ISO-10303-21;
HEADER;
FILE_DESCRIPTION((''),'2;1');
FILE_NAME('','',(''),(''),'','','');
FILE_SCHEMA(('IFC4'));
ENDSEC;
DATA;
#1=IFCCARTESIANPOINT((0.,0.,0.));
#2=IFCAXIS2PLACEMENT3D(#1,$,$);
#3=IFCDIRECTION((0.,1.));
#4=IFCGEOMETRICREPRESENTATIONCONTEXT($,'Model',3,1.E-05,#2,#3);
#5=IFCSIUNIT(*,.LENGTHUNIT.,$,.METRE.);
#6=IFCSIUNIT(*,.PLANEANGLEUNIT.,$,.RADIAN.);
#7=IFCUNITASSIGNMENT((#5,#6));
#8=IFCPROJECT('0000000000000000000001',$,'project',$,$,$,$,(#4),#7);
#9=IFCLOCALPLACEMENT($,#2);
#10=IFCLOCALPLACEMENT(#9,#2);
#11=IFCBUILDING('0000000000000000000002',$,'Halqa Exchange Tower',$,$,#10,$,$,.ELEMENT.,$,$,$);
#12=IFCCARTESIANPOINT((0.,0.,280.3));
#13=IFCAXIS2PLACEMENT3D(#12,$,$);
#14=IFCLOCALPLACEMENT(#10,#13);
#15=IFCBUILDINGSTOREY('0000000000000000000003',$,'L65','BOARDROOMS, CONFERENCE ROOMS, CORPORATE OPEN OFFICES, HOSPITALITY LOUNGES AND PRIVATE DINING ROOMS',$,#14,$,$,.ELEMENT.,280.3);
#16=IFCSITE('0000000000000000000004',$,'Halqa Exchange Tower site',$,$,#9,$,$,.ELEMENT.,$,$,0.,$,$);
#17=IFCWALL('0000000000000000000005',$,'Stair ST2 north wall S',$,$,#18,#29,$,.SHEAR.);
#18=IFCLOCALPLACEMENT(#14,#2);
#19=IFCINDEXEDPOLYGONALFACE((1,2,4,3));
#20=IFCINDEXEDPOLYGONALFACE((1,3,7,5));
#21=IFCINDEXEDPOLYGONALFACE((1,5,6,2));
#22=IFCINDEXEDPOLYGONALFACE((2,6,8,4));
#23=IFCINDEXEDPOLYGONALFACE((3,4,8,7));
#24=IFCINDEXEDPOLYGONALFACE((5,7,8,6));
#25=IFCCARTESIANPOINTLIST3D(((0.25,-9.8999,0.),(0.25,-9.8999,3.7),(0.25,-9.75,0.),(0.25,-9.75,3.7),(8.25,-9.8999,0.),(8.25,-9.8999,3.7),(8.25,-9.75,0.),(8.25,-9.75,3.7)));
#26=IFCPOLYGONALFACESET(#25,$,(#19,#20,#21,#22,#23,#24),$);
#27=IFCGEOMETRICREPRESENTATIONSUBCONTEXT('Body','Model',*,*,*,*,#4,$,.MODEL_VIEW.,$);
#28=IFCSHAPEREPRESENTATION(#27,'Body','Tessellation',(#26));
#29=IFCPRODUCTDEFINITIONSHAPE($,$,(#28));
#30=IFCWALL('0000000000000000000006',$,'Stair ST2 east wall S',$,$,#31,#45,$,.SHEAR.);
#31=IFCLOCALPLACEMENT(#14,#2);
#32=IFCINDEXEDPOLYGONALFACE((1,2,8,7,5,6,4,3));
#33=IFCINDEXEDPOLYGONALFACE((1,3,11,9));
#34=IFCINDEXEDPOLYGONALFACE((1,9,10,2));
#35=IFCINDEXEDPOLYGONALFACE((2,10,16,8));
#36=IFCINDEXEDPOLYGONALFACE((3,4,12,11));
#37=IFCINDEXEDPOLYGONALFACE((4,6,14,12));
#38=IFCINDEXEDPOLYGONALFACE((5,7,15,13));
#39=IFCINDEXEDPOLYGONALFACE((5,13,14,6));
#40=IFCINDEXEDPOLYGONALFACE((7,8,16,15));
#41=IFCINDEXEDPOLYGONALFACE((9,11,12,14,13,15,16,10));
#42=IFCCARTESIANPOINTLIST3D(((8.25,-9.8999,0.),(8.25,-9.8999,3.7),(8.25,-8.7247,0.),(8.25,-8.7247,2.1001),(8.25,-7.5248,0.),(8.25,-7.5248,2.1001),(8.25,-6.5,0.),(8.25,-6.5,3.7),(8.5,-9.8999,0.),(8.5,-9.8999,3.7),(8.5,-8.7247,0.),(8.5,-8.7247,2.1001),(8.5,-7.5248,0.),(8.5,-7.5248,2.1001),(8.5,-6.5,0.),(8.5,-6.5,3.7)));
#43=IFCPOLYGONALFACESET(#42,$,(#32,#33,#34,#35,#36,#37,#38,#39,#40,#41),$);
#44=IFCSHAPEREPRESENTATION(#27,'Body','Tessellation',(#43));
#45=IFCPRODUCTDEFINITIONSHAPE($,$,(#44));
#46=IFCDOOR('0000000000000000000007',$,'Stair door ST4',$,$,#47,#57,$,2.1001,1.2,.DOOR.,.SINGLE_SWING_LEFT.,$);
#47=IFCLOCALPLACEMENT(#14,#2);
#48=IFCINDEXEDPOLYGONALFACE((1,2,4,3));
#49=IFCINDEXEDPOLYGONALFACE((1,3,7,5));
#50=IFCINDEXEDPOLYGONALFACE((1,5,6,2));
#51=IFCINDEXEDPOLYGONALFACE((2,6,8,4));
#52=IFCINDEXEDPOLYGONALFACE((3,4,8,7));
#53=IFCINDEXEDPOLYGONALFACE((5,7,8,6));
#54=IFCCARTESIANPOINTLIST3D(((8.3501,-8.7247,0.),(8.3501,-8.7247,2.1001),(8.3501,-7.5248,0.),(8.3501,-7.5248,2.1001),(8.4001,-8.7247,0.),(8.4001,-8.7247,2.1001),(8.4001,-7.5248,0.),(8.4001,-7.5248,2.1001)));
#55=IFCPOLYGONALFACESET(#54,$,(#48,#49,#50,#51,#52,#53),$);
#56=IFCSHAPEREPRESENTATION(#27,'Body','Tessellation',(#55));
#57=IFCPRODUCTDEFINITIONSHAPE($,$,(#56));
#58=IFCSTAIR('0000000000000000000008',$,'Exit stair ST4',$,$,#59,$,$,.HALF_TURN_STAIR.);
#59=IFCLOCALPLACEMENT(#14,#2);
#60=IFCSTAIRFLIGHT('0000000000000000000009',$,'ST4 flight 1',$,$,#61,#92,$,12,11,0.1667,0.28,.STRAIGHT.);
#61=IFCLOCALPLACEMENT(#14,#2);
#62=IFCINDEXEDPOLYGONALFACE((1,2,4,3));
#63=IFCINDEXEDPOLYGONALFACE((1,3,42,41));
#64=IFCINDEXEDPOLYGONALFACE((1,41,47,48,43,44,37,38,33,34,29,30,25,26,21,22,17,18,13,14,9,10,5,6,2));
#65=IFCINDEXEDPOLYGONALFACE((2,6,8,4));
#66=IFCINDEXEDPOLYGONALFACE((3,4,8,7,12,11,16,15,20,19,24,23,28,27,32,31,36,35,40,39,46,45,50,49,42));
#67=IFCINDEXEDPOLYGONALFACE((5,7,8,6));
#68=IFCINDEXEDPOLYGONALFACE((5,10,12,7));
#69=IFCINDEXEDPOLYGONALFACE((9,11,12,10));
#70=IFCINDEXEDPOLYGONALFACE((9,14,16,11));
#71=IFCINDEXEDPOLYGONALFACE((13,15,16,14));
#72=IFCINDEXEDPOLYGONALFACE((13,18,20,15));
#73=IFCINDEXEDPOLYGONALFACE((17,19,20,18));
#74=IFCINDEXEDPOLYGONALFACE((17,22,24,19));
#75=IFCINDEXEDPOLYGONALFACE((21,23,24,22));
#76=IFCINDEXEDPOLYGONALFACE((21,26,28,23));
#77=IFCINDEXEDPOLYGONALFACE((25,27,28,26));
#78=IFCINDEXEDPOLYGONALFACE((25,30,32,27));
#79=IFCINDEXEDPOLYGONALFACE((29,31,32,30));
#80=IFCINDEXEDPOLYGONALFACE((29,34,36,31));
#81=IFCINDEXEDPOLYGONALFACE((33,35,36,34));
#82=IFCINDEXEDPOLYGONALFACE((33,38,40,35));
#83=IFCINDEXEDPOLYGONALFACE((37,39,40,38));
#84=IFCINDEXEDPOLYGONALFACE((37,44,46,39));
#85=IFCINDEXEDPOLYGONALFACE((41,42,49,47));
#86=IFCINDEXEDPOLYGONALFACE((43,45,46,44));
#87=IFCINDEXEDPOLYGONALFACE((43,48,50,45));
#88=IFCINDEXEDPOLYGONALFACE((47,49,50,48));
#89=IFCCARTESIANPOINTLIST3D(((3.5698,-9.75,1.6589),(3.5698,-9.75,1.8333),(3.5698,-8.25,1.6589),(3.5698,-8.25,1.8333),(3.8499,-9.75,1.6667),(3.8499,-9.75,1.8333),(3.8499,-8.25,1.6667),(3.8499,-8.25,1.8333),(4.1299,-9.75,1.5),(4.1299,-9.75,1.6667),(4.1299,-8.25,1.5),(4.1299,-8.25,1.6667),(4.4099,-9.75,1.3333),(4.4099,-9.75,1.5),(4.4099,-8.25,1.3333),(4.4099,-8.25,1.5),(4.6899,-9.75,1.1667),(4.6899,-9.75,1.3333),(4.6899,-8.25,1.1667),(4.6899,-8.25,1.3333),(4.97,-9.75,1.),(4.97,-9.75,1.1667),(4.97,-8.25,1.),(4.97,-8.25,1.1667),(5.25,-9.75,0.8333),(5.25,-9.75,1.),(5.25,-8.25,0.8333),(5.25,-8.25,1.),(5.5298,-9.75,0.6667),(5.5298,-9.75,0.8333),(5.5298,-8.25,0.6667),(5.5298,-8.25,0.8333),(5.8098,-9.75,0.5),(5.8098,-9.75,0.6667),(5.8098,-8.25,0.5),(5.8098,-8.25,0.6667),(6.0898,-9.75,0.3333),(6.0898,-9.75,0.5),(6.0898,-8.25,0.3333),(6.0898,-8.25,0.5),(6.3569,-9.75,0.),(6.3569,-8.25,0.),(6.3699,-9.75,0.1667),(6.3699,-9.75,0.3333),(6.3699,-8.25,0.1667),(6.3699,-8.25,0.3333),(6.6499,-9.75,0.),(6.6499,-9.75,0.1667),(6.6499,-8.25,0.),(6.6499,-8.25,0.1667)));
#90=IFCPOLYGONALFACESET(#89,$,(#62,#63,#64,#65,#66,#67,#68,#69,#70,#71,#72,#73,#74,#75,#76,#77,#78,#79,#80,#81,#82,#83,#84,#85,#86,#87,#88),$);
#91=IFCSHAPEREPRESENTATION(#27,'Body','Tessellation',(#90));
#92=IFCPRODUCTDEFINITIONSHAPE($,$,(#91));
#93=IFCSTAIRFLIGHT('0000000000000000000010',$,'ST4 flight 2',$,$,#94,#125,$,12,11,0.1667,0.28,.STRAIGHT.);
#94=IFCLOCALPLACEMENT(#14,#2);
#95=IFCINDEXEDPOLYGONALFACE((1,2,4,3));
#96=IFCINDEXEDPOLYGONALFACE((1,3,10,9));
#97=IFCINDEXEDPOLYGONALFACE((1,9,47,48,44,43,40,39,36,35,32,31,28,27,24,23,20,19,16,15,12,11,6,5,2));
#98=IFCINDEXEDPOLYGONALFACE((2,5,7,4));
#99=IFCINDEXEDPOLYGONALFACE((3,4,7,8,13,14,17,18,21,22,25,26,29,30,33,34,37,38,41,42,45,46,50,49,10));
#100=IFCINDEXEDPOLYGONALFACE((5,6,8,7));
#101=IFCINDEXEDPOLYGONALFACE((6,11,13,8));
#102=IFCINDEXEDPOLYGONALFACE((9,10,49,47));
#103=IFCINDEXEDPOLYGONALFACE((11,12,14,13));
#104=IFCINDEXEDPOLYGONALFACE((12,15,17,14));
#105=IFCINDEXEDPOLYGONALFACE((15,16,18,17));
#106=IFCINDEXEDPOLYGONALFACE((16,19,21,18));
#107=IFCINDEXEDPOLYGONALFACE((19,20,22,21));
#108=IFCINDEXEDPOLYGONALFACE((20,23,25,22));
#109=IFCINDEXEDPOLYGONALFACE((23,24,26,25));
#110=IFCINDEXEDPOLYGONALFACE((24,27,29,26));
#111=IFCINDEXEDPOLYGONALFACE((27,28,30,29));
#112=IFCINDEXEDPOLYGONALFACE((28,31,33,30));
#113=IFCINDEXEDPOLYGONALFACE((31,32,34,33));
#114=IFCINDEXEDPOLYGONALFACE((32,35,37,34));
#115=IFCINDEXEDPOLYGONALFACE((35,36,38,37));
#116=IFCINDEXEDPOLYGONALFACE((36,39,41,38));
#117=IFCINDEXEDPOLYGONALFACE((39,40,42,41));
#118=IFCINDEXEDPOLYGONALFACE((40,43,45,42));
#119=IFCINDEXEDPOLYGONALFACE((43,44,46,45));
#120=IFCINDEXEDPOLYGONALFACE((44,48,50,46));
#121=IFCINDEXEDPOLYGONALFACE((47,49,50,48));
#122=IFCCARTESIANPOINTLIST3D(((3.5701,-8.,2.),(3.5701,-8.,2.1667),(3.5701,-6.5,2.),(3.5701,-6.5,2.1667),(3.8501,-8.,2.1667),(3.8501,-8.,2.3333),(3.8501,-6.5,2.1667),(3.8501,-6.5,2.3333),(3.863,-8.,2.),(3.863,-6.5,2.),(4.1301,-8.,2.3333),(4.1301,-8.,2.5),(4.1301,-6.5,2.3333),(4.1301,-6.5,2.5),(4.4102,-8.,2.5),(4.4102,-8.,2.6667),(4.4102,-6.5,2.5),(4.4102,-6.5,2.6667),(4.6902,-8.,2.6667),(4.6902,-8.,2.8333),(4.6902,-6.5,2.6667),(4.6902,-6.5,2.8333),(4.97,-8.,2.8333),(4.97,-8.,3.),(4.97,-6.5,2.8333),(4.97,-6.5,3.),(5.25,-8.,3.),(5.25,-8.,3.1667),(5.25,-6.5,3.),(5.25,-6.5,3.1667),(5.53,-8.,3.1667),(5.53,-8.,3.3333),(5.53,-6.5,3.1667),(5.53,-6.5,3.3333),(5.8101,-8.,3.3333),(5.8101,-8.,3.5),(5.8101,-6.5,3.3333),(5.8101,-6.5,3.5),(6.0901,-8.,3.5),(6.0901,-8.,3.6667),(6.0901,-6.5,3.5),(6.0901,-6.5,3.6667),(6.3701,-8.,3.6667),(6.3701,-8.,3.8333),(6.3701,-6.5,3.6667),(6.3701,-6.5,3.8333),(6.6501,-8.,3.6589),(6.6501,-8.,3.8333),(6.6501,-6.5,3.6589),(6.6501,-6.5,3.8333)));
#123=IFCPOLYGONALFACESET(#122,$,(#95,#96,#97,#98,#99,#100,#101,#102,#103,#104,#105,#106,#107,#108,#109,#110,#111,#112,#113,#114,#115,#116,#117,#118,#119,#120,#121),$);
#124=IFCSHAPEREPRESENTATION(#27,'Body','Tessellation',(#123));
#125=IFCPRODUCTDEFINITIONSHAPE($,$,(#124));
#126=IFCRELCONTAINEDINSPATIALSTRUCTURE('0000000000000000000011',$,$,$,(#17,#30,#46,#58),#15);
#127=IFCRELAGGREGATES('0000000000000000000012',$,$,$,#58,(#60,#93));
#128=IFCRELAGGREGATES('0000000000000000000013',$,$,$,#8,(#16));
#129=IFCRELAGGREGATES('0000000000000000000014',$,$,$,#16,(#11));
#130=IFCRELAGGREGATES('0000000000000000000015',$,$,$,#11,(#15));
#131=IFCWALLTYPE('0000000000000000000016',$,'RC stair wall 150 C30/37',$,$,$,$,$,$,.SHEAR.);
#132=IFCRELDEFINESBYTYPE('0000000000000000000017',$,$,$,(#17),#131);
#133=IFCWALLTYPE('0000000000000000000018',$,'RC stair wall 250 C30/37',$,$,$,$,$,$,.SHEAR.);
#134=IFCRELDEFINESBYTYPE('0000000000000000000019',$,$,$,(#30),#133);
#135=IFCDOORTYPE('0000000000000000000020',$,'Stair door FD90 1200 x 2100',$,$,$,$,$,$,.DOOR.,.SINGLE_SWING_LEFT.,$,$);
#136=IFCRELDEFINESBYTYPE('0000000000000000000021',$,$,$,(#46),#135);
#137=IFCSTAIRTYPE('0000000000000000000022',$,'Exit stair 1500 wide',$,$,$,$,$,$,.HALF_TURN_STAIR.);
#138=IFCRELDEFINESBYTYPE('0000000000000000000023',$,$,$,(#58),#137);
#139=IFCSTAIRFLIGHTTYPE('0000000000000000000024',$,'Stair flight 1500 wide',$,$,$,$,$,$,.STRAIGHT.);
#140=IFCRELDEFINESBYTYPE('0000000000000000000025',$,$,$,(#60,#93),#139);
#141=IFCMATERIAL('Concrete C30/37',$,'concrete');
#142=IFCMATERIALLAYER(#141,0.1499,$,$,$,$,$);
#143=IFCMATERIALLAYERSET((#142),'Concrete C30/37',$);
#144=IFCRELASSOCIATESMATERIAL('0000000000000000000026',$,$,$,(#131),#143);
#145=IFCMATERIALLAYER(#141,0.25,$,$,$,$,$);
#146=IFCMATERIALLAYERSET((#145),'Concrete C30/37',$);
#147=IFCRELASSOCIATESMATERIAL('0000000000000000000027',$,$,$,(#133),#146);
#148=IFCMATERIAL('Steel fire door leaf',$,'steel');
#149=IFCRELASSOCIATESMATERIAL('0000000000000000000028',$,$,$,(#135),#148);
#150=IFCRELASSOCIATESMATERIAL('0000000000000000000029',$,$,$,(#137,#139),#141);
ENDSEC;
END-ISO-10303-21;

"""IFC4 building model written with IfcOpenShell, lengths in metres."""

from ifc_helpers import new_model, si_unit, direction, frame, frame_2d, origin, place, context, subcontext, project, spatial, polyline, rectangle, outline, extrude, material, layer, layer_set, type_object, element, fill, aggregate, save


model = new_model("IFC4")

# Units and contexts
model_context = context("Model", 3, precision=1e-05, world=origin(), true_north=direction((0.0, 1.0)))
body_context = subcontext(model_context, "Body", "Model", "MODEL_VIEW")
ifc_project = project(units=[si_unit("LENGTHUNIT", "METRE"), si_unit("PLANEANGLEUNIT", "RADIAN")], contexts=[model_context])

# Site, building, storey
site_placement = place(None, origin())
site = spatial("IfcSite", under=ifc_project, at=site_placement, Name="Halqa Exchange Tower site", CompositionType="ELEMENT", RefElevation=0.0)
building_placement = place(site_placement, origin())
building = spatial("IfcBuilding", under=site, at=building_placement, Name="Halqa Exchange Tower", CompositionType="ELEMENT")
storey_placement = place(building_placement, frame((0.0, 0.0, 280.3)))
storey = spatial("IfcBuildingStorey", under=building, at=storey_placement, Name="L65", Description="BOARDROOMS, CONFERENCE ROOMS, CORPORATE OPEN OFFICES, HOSPITALITY LOUNGES AND PRIVATE DINING ROOMS", CompositionType="ELEMENT", Elevation=280.3)

# Shared definitions
ifc_material_1 = material(Name="Steel fire door leaf", Category="steel")

# Wall
ifc_material_2 = material(Name="Concrete C30/37", Category="concrete")
ifc_layer_1 = layer(ifc_material_2, 0.1499)
ifc_layer_set_1 = layer_set([ifc_layer_1], Name="Concrete C30/37")
wall_type_1 = type_object("IfcWallType", Name="RC stair wall 150 C30/37", PredefinedType="SHEAR", material=ifc_layer_set_1)
wall_1_placement = place(storey_placement, frame((0.25, -9.825, 0.0), z_axis=(0.0, 0.0, 1.0), x_axis=(1.0, 0.0, 0.0)))
element("IfcWall", 1, at=wall_1_placement, inside=storey, type_object=wall_type_1, Name="Stair ST2 north wall S", PredefinedType="SHEAR", context=body_context, shape_type="SweptSolid", body=[
    extrude(rectangle(XDim=8.0, YDim=0.1499, at=frame_2d((4.0, 0.0))), origin(), (0.0, 0.0, 1.0), 3.7),
])

# Wall, opening, door
ifc_layer_2 = layer(ifc_material_2, 0.25)
ifc_layer_set_2 = layer_set([ifc_layer_2], Name="Concrete C30/37")
wall_type_2 = type_object("IfcWallType", Name="RC stair wall 250 C30/37", PredefinedType="SHEAR", material=ifc_layer_set_2)
wall_2_placement = place(storey_placement, frame((8.375, -9.8999, 0.0), z_axis=(0.0, 0.0, 1.0), x_axis=(0.0, 1.0, 0.0)))
wall_2 = element("IfcWall", 2, at=wall_2_placement, inside=storey, type_object=wall_type_2, Name="Stair ST2 east wall S", PredefinedType="SHEAR", context=body_context, shape_type="SweptSolid", body=[
    extrude(rectangle(XDim=3.3999, YDim=0.25, at=frame_2d((1.7, 0.0))), origin(), (0.0, 0.0, 1.0), 3.7),
])
opening_1_placement = place(wall_2_placement, frame((1.175, 0.0, 0.0)))
opening_1 = element("IfcOpeningElement", 3, at=opening_1_placement, cuts=wall_2, PredefinedType="OPENING", context=body_context, shape_type="SweptSolid", body=[
    extrude(rectangle(XDim=1.2, YDim=2.1001, at=frame_2d((0.6001, 1.05))), frame((0.0, 0.137, 0.0), z_axis=(0.0, -1.0, 0.0), x_axis=(1.0, 0.0, 0.0)), (0.0, 0.0, 1.0), 0.2739),
])
door_type_1 = type_object("IfcDoorType", Name="Stair door FD90 1200 x 2100", OperationType="SINGLE_SWING_LEFT", PredefinedType="DOOR", material=ifc_material_1)
door_1_placement = place(opening_1_placement, origin())
door_1 = element("IfcDoor", 4, at=door_1_placement, inside=storey, type_object=door_type_1, Name="Stair door ST4", OperationType="SINGLE_SWING_LEFT", OverallHeight=2.1001, OverallWidth=1.2, PredefinedType="DOOR", context=body_context, shape_type="SweptSolid", body=[
    extrude(rectangle(XDim=1.2, YDim=2.1001, at=frame_2d((0.6001, 1.05))), frame((0.0, 0.0249, 0.0), z_axis=(0.0, -1.0, 0.0), x_axis=(1.0, 0.0, 0.0)), (0.0, 0.0, 1.0), 0.05),
])
fill(opening_1, door_1)

# Stair, stair flights
stair_type = type_object("IfcStairType", Name="Exit stair 1500 wide", PredefinedType="HALF_TURN_STAIR", material=ifc_material_2)
stair_placement = place(storey_placement, origin())
stair = element("IfcStair", 5, at=stair_placement, inside=storey, type_object=stair_type, Name="Exit stair ST4", PredefinedType="HALF_TURN_STAIR")
stair_flight_type = type_object("IfcStairFlightType", Name="Stair flight 1500 wide", PredefinedType="STRAIGHT", material=ifc_material_2)
stair_flight_1_placement = place(storey_placement, frame((6.6499, -9.0, 0.0), z_axis=(0.0, 0.0, 1.0), x_axis=(-1.0, 0.0, 0.0)))
stair_flight_1 = element("IfcStairFlight", 6, at=stair_flight_1_placement, type_object=stair_flight_type, Name="ST4 flight 1", NumberOfRisers=12, NumberOfTreads=11, PredefinedType="STRAIGHT", RiserHeight=0.1667, TreadLength=0.28, context=body_context, shape_type="SweptSolid", body=[
    extrude(outline(polyline([(0.0, 0.0), (0.0, 0.1667), (0.28, 0.1667), (0.28, 0.3333), (0.5601, 0.3333), (0.5601, 0.5), (0.8401, 0.5), (0.8401, 0.6667), (1.1201, 0.6667), (1.1201, 0.8333), (1.3999, 0.8333), (1.3999, 1.0), (1.6799, 1.0), (1.6799, 1.1667), (1.96, 1.1667), (1.96, 1.3333), (2.24, 1.3333), (2.24, 1.5), (2.52, 1.5), (2.52, 1.6667), (2.8, 1.6667), (2.8, 1.8333), (3.0801, 1.8333), (3.0801, 2.0), (3.0801, 1.6589), (0.293, 0.0), (0.0, 0.0)])), frame((0.0, 0.75, 0.0), z_axis=(0.0, -1.0, 0.0), x_axis=(1.0, 0.0, 0.0)), (0.0, 0.0, 1.0), 1.5),
])
stair_flight_2_placement = place(storey_placement, frame((3.5701, -7.25, 2.0), z_axis=(0.0, 0.0, 1.0), x_axis=(1.0, 0.0, 0.0)))
stair_flight_2 = element("IfcStairFlight", 7, at=stair_flight_2_placement, type_object=stair_flight_type, Name="ST4 flight 2", NumberOfRisers=12, NumberOfTreads=11, PredefinedType="STRAIGHT", RiserHeight=0.1667, TreadLength=0.28, context=body_context, shape_type="SweptSolid", body=[
    extrude(outline(polyline([(0.0, 0.0), (0.0, 0.1667), (0.28, 0.1667), (0.28, 0.3333), (0.5601, 0.3333), (0.5601, 0.5), (0.8401, 0.5), (0.8401, 0.6667), (1.1201, 0.6667), (1.1201, 0.8333), (1.3999, 0.8333), (1.3999, 1.0), (1.6799, 1.0), (1.6799, 1.1667), (1.96, 1.1667), (1.96, 1.3333), (2.24, 1.3333), (2.24, 1.5), (2.52, 1.5), (2.52, 1.6667), (2.8, 1.6667), (2.8, 1.8333), (3.0801, 1.8333), (3.0801, 2.0), (3.0801, 1.6589), (0.293, 0.0), (0.0, 0.0)])), frame((0.0, 0.75, 0.0), z_axis=(0.0, -1.0, 0.0), x_axis=(1.0, 0.0, 0.0)), (0.0, 0.0, 1.0), 1.5),
])
aggregate(stair, [stair_flight_1, stair_flight_2])

save(model, "model.ifc")
